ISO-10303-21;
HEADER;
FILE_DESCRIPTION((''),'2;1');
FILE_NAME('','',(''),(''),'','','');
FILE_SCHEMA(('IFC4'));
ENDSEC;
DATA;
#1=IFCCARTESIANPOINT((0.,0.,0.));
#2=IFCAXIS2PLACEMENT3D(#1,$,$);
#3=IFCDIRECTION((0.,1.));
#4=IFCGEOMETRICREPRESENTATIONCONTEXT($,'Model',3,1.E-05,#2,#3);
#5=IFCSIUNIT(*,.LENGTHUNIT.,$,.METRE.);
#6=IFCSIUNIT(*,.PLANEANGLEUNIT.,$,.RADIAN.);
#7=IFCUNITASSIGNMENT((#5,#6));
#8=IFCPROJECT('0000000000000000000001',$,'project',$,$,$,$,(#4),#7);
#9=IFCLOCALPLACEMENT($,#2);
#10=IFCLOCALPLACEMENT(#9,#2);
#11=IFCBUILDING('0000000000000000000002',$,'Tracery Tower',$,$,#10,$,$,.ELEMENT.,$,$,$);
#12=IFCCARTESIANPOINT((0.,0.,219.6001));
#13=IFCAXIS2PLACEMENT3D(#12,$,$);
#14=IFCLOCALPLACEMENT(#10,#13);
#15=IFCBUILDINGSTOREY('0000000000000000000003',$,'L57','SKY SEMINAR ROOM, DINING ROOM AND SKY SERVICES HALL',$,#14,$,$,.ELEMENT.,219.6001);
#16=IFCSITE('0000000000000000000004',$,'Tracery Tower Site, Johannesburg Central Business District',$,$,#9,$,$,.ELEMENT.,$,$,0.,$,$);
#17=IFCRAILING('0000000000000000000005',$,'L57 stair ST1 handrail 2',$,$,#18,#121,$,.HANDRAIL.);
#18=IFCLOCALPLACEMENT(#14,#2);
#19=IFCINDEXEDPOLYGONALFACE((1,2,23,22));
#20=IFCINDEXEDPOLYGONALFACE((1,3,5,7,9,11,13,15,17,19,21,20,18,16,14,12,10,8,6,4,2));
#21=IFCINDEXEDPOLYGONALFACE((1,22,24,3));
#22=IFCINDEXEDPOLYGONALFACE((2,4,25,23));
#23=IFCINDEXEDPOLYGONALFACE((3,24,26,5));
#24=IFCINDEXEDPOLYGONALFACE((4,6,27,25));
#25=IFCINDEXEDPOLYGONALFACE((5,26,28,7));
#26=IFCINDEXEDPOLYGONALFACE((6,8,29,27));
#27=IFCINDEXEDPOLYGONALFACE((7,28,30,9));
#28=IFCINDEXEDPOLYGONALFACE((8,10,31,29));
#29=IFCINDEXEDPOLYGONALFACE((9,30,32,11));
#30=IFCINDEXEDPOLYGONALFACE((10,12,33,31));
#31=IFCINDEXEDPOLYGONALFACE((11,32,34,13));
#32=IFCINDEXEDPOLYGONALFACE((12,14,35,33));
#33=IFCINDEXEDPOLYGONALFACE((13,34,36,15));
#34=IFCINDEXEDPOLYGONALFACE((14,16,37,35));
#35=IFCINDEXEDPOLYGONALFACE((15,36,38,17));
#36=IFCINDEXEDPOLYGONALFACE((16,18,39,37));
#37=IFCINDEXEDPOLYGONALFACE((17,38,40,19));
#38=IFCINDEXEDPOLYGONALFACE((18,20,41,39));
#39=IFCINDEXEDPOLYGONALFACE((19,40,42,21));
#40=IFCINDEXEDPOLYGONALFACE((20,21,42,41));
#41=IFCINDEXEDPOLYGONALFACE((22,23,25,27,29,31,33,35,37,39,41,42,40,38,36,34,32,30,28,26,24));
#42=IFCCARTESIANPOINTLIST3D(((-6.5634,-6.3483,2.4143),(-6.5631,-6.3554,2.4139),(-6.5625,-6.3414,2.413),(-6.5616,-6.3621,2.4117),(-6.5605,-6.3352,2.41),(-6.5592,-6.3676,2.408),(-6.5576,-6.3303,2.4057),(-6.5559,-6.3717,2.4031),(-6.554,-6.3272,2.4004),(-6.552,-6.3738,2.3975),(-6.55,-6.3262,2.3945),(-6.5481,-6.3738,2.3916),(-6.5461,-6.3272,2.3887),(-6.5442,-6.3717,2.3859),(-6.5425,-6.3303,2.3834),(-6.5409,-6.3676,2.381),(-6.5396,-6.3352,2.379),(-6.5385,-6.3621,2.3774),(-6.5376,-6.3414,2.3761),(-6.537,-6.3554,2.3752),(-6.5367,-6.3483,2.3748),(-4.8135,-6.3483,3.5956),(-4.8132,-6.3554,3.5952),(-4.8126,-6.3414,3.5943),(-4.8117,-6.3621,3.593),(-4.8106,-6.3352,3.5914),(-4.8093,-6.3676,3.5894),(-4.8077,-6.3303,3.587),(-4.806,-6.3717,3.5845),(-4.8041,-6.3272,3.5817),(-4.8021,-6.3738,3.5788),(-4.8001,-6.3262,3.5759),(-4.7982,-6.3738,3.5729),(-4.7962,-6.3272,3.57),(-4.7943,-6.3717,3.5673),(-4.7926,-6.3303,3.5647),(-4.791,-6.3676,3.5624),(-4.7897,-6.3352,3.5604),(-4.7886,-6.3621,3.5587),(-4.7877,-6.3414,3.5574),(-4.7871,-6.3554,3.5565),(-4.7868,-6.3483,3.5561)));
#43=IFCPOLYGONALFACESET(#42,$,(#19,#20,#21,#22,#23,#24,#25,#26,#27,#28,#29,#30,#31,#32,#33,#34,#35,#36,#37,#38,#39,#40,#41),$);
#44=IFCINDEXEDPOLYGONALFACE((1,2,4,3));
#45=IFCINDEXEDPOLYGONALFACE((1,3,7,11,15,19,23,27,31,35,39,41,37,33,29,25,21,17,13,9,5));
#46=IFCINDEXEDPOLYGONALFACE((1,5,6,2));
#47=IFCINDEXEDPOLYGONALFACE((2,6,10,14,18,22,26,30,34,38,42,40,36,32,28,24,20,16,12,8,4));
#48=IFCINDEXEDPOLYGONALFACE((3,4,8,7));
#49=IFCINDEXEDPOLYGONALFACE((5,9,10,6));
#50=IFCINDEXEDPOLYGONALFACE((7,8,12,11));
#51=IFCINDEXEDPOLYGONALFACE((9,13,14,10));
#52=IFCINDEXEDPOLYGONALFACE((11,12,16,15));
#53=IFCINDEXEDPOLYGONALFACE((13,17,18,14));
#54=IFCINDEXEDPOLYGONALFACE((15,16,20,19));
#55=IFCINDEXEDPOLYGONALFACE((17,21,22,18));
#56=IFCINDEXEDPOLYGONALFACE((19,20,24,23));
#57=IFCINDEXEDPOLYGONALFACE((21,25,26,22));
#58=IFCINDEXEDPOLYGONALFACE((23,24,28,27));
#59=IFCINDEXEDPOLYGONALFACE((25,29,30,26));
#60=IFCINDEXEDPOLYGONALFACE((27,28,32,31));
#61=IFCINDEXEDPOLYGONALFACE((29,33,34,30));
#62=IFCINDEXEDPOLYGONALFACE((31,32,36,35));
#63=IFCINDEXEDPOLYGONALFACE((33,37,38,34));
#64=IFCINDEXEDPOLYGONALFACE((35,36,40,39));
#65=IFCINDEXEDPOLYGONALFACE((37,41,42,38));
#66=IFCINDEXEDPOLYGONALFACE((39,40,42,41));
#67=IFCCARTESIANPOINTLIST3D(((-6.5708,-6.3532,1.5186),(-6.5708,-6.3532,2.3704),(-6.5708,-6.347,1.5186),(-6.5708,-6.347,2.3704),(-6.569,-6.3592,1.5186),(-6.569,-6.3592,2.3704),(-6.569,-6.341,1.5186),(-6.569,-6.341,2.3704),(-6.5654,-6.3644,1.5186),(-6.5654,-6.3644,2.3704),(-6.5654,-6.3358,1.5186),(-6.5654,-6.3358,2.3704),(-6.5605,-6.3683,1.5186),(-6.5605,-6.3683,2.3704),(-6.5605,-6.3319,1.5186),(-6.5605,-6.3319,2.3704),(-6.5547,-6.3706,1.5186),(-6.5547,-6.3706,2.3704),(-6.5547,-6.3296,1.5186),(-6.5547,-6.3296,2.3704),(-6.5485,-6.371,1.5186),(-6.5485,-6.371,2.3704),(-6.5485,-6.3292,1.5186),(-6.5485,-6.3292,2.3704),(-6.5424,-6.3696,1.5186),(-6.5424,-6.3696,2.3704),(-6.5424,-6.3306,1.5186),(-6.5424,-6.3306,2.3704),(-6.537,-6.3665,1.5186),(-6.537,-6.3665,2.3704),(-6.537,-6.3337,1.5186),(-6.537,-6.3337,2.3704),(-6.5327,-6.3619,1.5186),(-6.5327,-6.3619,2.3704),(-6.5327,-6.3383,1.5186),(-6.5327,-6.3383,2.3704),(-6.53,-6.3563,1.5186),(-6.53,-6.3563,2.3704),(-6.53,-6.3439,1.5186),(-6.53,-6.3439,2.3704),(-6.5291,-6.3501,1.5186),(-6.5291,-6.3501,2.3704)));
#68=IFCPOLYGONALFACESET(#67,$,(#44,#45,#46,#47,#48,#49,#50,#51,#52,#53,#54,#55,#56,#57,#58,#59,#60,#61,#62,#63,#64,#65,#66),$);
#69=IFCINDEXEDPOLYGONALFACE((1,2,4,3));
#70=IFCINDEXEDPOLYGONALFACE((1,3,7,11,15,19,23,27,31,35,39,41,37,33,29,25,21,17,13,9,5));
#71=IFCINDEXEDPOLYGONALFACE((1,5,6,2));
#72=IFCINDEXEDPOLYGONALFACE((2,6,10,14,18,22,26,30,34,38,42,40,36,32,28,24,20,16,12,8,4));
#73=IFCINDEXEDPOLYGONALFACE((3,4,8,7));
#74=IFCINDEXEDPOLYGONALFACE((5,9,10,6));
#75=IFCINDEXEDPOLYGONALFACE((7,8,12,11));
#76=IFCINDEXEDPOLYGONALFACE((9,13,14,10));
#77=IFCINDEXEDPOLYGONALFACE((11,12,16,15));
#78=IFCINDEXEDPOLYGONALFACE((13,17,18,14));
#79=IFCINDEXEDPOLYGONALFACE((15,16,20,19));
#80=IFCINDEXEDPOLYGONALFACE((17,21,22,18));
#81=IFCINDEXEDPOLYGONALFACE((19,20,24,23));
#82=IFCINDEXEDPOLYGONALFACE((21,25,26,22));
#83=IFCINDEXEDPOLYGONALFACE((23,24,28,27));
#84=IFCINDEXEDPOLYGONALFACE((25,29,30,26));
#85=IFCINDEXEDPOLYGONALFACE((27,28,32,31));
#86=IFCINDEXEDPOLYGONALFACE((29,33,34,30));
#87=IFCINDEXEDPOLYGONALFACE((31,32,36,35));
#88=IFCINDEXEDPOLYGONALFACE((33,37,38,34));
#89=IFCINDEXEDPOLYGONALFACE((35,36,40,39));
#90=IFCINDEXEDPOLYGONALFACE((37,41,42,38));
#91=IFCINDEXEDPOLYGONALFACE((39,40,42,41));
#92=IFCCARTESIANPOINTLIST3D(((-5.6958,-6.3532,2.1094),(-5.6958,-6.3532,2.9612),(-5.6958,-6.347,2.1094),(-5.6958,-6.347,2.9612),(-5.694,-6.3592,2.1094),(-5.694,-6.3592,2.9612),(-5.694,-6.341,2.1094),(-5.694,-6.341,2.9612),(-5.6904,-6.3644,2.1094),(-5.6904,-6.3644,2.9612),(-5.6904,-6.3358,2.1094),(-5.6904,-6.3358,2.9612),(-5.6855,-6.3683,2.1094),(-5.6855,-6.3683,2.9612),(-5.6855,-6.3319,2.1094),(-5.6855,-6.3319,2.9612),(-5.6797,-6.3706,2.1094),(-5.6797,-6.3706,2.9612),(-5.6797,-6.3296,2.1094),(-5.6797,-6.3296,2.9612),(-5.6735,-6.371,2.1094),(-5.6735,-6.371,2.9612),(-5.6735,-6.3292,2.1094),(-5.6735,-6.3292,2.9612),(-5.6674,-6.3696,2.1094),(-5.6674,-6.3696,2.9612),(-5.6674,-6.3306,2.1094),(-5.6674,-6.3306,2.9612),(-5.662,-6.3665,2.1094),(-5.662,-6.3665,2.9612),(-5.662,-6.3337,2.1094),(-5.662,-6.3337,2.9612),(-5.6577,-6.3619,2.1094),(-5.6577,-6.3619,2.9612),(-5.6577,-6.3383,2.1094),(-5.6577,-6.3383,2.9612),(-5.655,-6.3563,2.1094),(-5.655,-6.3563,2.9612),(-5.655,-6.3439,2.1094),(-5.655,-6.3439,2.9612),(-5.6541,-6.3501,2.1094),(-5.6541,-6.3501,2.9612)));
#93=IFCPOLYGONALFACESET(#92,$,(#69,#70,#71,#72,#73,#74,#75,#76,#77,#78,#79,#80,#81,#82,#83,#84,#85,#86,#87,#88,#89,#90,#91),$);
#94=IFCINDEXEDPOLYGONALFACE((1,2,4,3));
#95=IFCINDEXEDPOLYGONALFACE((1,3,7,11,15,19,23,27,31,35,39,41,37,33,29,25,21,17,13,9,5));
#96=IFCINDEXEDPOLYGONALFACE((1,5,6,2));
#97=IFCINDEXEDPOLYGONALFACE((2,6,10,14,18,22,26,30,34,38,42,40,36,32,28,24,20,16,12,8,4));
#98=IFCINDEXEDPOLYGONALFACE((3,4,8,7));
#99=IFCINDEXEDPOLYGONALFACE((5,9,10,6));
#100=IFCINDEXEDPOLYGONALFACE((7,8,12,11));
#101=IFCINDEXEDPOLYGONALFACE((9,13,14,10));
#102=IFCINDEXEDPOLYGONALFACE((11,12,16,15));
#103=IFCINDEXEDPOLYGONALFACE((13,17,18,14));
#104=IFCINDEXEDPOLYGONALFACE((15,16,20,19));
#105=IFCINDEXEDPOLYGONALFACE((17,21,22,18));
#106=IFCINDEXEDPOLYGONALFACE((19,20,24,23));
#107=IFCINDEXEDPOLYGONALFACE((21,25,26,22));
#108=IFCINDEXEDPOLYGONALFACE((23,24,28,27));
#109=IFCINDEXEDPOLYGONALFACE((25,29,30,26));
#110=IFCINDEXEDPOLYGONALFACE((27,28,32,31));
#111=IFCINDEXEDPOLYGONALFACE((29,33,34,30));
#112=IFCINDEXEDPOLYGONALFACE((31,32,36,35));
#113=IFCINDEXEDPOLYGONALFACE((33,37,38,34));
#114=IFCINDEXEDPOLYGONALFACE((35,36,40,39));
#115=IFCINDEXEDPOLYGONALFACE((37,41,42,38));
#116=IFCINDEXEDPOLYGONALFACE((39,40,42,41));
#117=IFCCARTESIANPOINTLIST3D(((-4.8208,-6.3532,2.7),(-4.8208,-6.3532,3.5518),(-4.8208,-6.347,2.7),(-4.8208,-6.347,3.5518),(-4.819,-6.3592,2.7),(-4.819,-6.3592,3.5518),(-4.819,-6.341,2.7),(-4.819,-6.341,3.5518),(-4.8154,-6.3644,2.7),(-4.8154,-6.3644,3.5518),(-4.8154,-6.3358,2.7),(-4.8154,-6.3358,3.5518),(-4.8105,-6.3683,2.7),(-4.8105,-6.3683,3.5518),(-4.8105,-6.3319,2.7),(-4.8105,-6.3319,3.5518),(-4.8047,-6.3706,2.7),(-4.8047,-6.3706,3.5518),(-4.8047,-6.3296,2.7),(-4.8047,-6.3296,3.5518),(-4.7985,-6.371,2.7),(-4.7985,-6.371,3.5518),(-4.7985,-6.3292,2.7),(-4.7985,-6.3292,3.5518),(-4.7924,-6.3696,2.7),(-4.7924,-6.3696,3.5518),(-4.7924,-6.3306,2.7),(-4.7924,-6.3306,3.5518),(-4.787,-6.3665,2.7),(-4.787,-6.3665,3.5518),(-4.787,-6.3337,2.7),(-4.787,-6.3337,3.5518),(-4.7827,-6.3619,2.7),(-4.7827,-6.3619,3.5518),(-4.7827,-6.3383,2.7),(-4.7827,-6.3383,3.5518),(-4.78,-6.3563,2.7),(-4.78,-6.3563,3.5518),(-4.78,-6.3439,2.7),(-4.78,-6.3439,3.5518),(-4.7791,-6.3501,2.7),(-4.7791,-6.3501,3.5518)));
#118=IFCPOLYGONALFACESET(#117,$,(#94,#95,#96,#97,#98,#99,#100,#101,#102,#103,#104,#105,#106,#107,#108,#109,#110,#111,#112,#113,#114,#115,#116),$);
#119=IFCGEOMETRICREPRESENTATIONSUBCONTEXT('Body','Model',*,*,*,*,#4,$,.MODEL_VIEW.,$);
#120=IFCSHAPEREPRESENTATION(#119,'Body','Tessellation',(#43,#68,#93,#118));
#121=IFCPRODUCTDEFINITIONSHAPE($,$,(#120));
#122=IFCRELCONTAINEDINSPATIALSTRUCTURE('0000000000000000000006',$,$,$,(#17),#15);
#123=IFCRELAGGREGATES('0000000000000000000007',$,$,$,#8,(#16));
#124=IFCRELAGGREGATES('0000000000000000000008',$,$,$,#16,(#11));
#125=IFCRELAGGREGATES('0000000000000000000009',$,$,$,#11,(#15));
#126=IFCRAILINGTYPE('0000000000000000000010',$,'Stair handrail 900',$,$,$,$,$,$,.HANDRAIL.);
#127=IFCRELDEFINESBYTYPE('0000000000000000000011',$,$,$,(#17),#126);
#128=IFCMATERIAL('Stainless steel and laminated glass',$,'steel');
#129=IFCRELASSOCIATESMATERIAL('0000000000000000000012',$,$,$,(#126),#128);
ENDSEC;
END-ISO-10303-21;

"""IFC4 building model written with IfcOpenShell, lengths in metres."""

from ifc_helpers import new_model, si_unit, direction, frame, origin, origin_2d, place, context, subcontext, project, spatial, circle, extrude, material, type_object, element, save


model = new_model("IFC4")

# Units and contexts
model_context = context("Model", 3, precision=1e-05, world=origin(), true_north=direction((0.0, 1.0)))
body_context = subcontext(model_context, "Body", "Model", "MODEL_VIEW")
ifc_project = project(units=[si_unit("LENGTHUNIT", "METRE"), si_unit("PLANEANGLEUNIT", "RADIAN")], contexts=[model_context])

# Site, building, storey
site_placement = place(None, origin())
site = spatial("IfcSite", under=ifc_project, at=site_placement, Name="Tracery Tower Site, Johannesburg Central Business District", CompositionType="ELEMENT", RefElevation=0.0)
building_placement = place(site_placement, origin())
building = spatial("IfcBuilding", under=site, at=building_placement, Name="Tracery Tower", CompositionType="ELEMENT")
storey_placement = place(building_placement, frame((0.0, 0.0, 219.6001)))
storey = spatial("IfcBuildingStorey", under=building, at=storey_placement, Name="L57", Description="SKY SEMINAR ROOM, DINING ROOM AND SKY SERVICES HALL", CompositionType="ELEMENT", Elevation=219.6001)

# Railing
ifc_material_1 = material(Name="Stainless steel and laminated glass", Category="steel")
railing_type_1 = type_object("IfcRailingType", Name="Stair handrail 900", PredefinedType="HANDRAIL", material=ifc_material_1)
railing_1_placement = place(storey_placement, frame((-6.55, -6.3501, 1.5186)))
element("IfcRailing", 1, at=railing_1_placement, inside=storey, type_object=railing_type_1, Name="L57 stair ST1 handrail 2", PredefinedType="HANDRAIL", context=body_context, shape_type="SweptSolid", body=[
    extrude(circle(Radius=0.0239, at=origin_2d()), frame((0.0, 0.0, 0.876), z_axis=(0.828817, 0.0, 0.559521), x_axis=(0.0, 1.0, 0.0)), (0.0, 0.0, 1.0), 2.1113),
    extrude(circle(Radius=0.021, at=origin_2d()), origin(), (0.0, 0.0, 1.0), 0.8518),
    extrude(circle(Radius=0.021, at=origin_2d()), frame((0.875, 0.0, 0.5908)), (0.0, 0.0, 1.0), 0.8518),
    extrude(circle(Radius=0.021, at=origin_2d()), frame((1.75, 0.0, 1.1814)), (0.0, 0.0, 1.0), 0.8518),
])

save(model, "model.ifc")
